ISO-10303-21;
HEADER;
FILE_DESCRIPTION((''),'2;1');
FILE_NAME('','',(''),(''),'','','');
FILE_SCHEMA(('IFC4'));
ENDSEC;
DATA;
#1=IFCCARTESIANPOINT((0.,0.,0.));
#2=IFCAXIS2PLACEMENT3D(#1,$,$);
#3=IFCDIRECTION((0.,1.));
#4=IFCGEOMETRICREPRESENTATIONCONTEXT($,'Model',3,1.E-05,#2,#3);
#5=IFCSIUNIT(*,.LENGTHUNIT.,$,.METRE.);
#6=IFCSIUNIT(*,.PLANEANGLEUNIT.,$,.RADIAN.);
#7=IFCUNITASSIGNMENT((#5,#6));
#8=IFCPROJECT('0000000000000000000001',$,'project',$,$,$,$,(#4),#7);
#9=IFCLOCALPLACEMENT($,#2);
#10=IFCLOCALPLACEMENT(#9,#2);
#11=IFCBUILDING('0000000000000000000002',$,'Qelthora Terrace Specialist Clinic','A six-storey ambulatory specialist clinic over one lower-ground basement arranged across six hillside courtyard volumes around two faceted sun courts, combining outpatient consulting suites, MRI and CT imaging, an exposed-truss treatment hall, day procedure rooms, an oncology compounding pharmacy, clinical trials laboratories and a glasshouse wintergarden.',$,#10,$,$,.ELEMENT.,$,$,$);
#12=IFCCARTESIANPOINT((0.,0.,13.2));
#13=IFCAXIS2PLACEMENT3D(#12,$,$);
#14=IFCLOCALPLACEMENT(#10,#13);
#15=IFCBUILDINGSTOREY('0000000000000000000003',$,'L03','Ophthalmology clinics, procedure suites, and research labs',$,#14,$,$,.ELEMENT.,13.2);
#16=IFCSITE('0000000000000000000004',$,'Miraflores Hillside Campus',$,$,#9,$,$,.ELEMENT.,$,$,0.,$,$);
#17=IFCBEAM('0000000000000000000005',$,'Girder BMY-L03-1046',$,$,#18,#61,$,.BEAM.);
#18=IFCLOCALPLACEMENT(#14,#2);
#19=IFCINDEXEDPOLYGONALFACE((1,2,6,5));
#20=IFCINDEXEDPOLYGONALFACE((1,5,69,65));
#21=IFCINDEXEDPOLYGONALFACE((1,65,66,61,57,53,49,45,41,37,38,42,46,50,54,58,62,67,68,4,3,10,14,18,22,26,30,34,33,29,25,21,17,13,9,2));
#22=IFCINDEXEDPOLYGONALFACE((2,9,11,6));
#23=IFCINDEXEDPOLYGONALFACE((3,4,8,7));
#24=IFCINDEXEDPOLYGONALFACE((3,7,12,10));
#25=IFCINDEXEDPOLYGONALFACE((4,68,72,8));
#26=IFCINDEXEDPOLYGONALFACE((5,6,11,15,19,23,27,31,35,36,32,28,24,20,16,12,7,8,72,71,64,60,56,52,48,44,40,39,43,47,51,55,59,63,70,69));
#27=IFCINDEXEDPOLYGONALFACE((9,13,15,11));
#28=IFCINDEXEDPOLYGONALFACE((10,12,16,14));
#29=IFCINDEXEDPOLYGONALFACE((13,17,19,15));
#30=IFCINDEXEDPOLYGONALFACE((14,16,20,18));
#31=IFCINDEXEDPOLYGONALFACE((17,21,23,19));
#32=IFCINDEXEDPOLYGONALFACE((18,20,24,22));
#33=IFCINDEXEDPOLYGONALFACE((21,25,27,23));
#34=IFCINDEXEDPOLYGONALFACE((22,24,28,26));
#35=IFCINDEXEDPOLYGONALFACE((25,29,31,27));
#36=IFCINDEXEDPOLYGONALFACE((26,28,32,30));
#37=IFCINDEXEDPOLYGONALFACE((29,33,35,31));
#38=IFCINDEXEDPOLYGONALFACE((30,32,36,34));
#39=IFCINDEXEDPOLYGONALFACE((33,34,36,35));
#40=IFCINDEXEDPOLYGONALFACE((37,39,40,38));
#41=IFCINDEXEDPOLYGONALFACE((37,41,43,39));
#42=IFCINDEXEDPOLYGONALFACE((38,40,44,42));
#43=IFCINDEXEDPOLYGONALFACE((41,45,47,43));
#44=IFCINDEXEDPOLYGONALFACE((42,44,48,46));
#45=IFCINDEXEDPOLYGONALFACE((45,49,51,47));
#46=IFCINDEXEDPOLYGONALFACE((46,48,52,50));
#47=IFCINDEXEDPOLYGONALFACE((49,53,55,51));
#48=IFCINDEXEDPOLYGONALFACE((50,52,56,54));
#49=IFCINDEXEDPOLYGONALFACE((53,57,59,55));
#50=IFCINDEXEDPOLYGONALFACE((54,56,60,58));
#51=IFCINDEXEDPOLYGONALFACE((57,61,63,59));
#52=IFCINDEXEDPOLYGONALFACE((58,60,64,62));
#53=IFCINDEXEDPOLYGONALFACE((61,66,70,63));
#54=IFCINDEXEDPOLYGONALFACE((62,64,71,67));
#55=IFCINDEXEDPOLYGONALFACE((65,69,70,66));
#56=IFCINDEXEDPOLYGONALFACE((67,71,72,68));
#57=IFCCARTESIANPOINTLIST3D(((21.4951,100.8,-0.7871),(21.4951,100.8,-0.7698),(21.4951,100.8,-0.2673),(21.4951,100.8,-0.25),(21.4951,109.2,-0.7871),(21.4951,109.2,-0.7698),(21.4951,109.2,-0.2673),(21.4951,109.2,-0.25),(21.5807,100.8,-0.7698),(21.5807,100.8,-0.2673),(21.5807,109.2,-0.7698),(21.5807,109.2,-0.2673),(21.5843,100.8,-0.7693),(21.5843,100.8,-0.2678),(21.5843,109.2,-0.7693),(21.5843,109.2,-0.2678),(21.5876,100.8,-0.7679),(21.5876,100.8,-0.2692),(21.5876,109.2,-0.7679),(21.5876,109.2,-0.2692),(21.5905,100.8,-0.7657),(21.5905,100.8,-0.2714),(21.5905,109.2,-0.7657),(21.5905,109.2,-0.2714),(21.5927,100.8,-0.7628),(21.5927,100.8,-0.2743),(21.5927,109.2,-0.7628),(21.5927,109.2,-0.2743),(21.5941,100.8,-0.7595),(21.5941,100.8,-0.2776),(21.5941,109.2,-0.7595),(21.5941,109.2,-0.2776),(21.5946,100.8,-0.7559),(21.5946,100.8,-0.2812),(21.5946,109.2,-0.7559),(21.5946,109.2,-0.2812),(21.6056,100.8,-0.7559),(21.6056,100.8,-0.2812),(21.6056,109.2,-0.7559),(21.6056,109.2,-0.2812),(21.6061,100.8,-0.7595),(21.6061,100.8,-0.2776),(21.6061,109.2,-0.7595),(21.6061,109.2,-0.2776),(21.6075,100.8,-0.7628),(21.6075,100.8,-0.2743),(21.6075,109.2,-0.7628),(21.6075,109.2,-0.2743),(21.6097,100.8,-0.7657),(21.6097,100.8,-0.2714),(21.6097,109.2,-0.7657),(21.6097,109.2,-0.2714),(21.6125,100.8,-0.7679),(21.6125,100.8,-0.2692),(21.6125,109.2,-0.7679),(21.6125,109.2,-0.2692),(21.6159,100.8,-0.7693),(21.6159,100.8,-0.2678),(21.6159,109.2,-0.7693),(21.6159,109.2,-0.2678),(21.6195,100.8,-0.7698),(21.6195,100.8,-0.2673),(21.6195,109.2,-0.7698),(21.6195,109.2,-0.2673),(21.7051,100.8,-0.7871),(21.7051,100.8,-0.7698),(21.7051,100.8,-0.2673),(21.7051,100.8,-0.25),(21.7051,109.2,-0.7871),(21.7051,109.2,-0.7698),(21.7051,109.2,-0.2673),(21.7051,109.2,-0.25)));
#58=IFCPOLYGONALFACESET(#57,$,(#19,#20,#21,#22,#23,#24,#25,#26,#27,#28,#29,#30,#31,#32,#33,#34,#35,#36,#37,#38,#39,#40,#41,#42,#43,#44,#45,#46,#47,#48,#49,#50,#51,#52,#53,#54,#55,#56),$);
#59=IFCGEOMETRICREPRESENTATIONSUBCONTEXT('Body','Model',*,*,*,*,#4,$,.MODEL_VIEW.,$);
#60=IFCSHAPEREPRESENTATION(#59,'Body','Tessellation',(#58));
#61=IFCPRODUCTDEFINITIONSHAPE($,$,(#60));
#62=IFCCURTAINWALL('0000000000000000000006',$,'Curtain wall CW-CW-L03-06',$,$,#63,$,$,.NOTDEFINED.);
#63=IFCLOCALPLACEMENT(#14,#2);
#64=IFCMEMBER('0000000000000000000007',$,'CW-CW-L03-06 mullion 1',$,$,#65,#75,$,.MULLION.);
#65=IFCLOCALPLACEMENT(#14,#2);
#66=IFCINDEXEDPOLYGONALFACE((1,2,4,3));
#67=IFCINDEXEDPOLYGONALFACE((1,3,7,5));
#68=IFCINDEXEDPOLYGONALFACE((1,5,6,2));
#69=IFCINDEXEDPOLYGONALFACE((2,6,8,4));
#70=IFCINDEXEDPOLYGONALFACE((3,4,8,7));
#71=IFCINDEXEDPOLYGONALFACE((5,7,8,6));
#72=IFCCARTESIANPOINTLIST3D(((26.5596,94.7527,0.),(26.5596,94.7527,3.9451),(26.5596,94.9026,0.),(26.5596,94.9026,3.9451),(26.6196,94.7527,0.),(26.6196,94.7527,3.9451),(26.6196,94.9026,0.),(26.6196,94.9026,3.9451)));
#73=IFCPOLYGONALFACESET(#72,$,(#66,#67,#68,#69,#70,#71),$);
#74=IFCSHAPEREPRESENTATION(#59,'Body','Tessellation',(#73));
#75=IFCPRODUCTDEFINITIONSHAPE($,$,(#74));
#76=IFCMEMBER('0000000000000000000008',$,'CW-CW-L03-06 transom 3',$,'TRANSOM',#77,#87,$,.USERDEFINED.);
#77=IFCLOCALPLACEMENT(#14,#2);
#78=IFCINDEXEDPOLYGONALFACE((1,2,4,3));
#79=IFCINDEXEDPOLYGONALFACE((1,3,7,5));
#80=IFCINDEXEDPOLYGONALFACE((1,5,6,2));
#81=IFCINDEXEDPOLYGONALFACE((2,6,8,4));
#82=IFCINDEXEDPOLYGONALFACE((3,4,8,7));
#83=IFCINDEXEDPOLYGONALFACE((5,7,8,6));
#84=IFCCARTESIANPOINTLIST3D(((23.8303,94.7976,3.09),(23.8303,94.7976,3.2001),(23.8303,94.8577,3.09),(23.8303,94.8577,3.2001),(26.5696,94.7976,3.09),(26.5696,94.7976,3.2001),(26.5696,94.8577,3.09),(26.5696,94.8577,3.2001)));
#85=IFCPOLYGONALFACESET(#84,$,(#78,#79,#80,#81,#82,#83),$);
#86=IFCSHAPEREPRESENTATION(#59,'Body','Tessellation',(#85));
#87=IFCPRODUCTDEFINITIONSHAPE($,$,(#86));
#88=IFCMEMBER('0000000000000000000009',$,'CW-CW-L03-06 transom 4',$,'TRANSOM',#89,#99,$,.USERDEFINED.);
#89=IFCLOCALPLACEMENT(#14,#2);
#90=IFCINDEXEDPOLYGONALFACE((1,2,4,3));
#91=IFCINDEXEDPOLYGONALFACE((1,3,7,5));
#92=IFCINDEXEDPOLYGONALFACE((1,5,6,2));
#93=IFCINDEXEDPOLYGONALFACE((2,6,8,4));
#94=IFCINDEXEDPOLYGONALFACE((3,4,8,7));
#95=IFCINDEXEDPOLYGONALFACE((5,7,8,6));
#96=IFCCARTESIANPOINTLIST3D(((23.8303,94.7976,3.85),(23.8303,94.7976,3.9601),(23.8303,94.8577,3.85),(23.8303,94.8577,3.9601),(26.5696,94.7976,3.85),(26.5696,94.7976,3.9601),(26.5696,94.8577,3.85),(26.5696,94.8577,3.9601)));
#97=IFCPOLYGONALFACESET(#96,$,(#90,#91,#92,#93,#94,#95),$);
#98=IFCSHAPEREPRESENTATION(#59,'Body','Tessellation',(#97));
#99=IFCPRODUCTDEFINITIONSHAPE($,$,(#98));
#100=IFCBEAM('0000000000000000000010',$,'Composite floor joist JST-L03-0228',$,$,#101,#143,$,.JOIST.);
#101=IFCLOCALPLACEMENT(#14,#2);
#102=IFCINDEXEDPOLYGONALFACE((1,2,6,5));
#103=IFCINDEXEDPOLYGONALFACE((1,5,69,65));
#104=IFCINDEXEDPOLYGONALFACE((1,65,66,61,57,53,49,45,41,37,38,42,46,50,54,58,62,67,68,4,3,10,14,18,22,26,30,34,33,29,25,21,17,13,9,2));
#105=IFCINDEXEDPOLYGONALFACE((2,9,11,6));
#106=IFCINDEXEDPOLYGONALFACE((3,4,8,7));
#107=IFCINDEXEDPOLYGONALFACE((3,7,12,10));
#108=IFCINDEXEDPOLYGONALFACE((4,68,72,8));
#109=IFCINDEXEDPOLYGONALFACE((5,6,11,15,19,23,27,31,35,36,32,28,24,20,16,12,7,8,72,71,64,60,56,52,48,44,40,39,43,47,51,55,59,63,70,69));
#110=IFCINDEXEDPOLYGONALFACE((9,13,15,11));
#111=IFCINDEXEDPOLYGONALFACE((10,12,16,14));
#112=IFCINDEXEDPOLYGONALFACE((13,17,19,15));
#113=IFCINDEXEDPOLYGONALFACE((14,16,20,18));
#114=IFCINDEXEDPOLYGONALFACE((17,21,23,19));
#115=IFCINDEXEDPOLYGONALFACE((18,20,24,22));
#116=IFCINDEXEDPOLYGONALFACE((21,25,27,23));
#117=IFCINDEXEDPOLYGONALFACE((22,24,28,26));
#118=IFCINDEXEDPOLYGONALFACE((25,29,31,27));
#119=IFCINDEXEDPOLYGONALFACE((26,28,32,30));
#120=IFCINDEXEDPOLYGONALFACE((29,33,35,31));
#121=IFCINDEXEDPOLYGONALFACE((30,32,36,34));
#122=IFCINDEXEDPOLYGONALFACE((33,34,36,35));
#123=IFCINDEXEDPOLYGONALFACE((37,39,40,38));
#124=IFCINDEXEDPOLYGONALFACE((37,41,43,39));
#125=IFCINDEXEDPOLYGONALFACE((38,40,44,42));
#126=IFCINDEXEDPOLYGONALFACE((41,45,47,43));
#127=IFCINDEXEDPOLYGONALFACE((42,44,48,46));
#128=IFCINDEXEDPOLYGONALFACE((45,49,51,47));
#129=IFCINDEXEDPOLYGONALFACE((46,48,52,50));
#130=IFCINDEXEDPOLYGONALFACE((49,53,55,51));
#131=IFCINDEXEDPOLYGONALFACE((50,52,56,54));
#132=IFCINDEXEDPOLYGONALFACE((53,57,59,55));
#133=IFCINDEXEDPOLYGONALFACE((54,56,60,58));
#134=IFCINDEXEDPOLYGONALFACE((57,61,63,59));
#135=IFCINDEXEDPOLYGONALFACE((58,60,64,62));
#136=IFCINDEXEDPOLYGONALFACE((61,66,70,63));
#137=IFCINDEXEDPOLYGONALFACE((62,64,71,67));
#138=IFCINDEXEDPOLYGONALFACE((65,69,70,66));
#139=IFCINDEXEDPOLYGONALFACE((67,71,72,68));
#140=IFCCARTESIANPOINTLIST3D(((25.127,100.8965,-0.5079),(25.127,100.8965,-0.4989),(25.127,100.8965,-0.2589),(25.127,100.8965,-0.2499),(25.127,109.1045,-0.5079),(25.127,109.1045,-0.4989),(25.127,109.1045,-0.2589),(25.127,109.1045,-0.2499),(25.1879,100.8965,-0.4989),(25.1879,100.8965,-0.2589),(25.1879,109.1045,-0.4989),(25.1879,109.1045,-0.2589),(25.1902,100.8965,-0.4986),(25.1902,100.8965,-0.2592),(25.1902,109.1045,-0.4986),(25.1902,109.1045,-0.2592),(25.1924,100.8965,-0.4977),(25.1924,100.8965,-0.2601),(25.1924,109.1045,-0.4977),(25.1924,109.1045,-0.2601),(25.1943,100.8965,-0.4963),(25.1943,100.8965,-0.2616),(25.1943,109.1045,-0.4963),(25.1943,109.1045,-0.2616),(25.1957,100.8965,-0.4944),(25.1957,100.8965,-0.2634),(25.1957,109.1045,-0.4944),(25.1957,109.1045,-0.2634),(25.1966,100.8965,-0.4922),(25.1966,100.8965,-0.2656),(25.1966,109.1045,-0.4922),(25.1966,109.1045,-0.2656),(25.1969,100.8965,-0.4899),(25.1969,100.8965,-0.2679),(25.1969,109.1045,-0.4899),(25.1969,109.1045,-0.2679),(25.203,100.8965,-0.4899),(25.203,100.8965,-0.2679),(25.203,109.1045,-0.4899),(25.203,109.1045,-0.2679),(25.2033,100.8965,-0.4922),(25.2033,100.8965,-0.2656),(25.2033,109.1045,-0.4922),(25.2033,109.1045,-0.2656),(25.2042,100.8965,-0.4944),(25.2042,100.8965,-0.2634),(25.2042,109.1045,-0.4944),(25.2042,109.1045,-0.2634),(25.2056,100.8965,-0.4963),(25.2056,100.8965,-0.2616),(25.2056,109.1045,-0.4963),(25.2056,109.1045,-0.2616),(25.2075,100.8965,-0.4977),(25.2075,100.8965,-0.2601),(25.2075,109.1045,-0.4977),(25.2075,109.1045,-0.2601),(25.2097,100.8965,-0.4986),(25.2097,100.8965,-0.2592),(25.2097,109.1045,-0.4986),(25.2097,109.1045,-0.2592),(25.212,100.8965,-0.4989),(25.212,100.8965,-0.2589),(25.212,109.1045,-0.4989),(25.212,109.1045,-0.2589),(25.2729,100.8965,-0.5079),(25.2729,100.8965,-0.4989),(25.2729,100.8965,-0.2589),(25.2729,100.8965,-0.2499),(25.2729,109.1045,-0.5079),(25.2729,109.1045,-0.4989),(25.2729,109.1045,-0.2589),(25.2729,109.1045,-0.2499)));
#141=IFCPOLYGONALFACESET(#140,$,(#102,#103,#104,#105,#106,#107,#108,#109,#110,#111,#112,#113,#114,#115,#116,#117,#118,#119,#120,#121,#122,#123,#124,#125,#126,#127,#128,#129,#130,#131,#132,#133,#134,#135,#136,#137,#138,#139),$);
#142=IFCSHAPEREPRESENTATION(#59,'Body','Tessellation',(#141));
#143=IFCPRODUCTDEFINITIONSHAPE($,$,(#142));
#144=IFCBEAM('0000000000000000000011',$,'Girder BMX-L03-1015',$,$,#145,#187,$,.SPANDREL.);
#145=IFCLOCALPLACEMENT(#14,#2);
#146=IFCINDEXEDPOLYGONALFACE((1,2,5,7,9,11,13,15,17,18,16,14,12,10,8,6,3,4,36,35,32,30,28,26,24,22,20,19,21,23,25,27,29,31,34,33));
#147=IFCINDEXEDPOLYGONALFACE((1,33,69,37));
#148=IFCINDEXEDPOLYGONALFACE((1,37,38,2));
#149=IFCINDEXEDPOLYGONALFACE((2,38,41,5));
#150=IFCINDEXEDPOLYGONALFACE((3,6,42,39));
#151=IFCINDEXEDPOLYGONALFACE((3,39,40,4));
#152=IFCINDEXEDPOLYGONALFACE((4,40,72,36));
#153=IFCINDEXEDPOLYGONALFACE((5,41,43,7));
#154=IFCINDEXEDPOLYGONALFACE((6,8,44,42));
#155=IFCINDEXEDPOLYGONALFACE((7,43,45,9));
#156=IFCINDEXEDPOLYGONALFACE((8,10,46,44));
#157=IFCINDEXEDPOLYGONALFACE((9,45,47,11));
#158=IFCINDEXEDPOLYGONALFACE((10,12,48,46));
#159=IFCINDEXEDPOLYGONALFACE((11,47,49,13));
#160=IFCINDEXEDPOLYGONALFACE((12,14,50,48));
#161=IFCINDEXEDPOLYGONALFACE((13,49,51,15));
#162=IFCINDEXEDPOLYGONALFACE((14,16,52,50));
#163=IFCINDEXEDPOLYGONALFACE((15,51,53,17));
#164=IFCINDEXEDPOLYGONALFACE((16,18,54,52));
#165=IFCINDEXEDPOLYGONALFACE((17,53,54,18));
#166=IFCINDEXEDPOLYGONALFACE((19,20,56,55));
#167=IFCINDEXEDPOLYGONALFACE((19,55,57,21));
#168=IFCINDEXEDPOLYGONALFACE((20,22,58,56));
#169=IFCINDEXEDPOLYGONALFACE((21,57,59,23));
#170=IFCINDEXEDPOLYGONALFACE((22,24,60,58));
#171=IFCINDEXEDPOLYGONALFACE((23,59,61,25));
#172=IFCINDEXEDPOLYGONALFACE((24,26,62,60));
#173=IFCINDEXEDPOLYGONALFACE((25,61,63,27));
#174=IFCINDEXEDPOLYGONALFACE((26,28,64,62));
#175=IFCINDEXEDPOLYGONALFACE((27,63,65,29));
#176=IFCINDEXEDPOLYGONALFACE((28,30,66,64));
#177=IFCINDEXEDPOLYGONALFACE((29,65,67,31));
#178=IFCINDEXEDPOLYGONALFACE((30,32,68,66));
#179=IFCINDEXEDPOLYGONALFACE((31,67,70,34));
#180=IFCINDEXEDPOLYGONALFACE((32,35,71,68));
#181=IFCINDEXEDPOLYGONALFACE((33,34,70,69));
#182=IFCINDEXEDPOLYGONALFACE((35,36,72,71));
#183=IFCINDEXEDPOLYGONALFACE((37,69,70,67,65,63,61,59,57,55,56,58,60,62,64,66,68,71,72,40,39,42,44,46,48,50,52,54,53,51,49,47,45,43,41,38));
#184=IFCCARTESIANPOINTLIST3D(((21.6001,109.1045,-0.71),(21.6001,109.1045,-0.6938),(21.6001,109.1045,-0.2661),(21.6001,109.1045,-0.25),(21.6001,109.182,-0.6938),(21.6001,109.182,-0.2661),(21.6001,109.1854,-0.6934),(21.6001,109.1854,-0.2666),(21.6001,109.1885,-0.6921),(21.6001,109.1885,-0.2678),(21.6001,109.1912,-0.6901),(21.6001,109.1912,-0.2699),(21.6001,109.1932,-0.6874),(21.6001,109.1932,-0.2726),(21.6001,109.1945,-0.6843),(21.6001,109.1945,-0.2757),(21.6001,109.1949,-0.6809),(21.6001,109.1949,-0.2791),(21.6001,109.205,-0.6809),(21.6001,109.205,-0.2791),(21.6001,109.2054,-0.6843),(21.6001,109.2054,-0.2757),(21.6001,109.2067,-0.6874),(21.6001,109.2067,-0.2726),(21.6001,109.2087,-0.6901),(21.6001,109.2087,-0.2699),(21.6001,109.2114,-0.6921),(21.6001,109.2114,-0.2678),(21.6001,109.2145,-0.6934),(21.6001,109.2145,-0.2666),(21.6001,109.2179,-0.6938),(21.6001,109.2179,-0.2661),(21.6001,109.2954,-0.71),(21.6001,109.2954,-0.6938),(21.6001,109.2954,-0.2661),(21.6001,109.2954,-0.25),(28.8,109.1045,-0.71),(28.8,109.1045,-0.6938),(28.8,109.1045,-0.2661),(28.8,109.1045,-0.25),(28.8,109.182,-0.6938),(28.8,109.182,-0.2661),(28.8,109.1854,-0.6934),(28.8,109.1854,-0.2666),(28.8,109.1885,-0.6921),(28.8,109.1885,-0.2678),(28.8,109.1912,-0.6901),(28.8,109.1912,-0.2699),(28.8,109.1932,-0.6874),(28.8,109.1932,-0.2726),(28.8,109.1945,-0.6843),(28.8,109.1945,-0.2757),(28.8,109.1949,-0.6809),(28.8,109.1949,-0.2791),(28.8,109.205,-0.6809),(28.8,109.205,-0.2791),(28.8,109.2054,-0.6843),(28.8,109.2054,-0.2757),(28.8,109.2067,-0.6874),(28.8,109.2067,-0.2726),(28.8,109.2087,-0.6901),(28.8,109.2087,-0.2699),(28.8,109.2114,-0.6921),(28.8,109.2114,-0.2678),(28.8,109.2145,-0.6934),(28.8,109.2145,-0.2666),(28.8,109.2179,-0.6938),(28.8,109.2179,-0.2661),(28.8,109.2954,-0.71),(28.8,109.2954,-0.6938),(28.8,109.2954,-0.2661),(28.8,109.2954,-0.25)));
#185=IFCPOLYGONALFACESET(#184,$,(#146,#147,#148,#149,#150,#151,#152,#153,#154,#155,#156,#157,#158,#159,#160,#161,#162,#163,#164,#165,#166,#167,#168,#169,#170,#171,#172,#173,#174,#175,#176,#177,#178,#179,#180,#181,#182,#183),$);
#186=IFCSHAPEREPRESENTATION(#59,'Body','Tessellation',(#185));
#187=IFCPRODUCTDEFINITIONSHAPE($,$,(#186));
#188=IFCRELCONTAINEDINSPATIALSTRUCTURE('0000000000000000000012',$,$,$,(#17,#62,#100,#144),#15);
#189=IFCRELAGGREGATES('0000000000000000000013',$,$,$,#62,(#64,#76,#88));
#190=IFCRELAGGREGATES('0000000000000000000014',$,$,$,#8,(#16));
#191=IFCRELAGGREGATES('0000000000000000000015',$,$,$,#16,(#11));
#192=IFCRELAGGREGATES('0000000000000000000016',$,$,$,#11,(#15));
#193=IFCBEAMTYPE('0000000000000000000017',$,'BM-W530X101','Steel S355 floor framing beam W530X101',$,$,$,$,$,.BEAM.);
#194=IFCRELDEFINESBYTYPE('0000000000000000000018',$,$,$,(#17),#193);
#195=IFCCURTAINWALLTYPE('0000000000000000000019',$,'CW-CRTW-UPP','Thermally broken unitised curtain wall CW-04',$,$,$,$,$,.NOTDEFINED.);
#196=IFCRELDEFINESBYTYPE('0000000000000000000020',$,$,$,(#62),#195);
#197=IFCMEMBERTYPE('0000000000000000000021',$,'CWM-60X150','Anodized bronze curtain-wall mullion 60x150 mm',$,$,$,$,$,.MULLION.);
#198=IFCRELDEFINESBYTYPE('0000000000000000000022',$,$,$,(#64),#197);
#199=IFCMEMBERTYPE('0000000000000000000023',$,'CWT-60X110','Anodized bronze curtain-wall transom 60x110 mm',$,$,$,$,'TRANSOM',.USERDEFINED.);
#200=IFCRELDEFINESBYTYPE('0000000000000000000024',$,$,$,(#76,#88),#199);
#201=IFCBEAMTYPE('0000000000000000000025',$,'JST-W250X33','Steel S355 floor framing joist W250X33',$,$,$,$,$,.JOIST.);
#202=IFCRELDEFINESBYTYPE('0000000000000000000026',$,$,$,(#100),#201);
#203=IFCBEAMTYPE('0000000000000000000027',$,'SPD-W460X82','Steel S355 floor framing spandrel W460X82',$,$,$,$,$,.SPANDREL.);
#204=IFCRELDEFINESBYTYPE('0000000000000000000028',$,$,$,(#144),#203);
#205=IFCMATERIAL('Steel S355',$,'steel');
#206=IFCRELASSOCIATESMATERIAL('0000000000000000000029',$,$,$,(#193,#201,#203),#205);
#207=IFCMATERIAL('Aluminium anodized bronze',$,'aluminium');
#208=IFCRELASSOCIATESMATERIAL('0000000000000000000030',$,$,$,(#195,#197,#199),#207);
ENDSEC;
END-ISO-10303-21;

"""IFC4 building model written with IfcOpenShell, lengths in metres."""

from ifc_helpers import new_model, si_unit, direction, frame, origin, origin_2d, place, context, subcontext, project, spatial, rectangle, i_section, extrude, material, material_profile, profile_set, type_object, element, aggregate, save


model = new_model("IFC4")

# Units and contexts
model_context = context("Model", 3, precision=1e-05, world=origin(), true_north=direction((0.0, 1.0)))
body_context = subcontext(model_context, "Body", "Model", "MODEL_VIEW")
ifc_project = project(units=[si_unit("LENGTHUNIT", "METRE"), si_unit("PLANEANGLEUNIT", "RADIAN")], contexts=[model_context])

# Site, building, storey
site_placement = place(None, origin())
site = spatial("IfcSite", under=ifc_project, at=site_placement, Name="Miraflores Hillside Campus", CompositionType="ELEMENT", RefElevation=0.0)
building_placement = place(site_placement, origin())
building = spatial("IfcBuilding", under=site, at=building_placement, Name="Qelthora Terrace Specialist Clinic", Description="A six-storey ambulatory specialist clinic over one lower-ground basement arranged across six hillside courtyard volumes around two faceted sun courts, combining outpatient consulting suites, MRI and CT imaging, an exposed-truss treatment hall, day procedure rooms, an oncology compounding pharmacy, clinical trials laboratories and a glasshouse wintergarden.", CompositionType="ELEMENT")
storey_placement = place(building_placement, frame((0.0, 0.0, 13.2)))
storey = spatial("IfcBuildingStorey", under=building, at=storey_placement, Name="L03", Description="Ophthalmology clinics, procedure suites, and research labs", CompositionType="ELEMENT", Elevation=13.2)

# Shared definitions
ifc_material_1 = material(Name="Steel S355", Category="steel")

# Beam
ifc_material_profile_1 = material_profile(ifc_material_1, i_section(OverallWidth=0.21, OverallDepth=0.5371, WebThickness=0.011, FlangeThickness=0.0173, FilletRadius=0.0139, at=origin_2d()), Name="W530X101")
ifc_profile_set_1 = profile_set([ifc_material_profile_1], Name="Steel S355")
beam_type_1 = type_object("IfcBeamType", Name="BM-W530X101", Description="Steel S355 floor framing beam W530X101", PredefinedType="BEAM", material=ifc_profile_set_1)
beam_1_placement = place(storey_placement, frame((21.6001, 100.8, -0.5186), z_axis=(0.0, 1.0, 0.0), x_axis=(-1.0, 0.0, 0.0)))
element("IfcBeam", 1, at=beam_1_placement, inside=storey, type_object=beam_type_1, Name="Girder BMY-L03-1046", PredefinedType="BEAM", context=body_context, shape_type="SweptSolid", body=[
    extrude(i_section(OverallWidth=0.21, OverallDepth=0.5371, WebThickness=0.011, FlangeThickness=0.0173, FilletRadius=0.0139, at=origin_2d()), origin(), (0.0, 0.0, 1.0), 8.3999),
])

# Curtain wall, members
ifc_material_2 = material(Name="Aluminium anodized bronze", Category="aluminium")
curtain_wall_type = type_object("IfcCurtainWallType", Name="CW-CRTW-UPP", Description="Thermally broken unitised curtain wall CW-04", PredefinedType="NOTDEFINED", material=ifc_material_2)
curtain_wall_placement = place(storey_placement, origin())
curtain_wall = element("IfcCurtainWall", 2, at=curtain_wall_placement, inside=storey, type_object=curtain_wall_type, Name="Curtain wall CW-CW-L03-06", PredefinedType="NOTDEFINED")
ifc_material_profile_2 = material_profile(ifc_material_2, rectangle(XDim=0.0601, YDim=0.1499, at=origin_2d()), Name="CWM60X150")
ifc_profile_set_2 = profile_set([ifc_material_profile_2], Name="Aluminium anodized bronze")
member_type_1 = type_object("IfcMemberType", Name="CWM-60X150", Description="Anodized bronze curtain-wall mullion 60x150 mm", PredefinedType="MULLION", material=ifc_profile_set_2)
member_1_placement = place(storey_placement, frame((26.5896, 94.8276, 0.0), z_axis=(0.0, 0.0, 1.0), x_axis=(-1.0, 0.0, 0.0)))
member_1 = element("IfcMember", 3, at=member_1_placement, type_object=member_type_1, Name="CW-CW-L03-06 mullion 1", PredefinedType="MULLION", context=body_context, shape_type="SweptSolid", body=[
    extrude(rectangle(XDim=0.0601, YDim=0.1499, at=origin_2d()), origin(), (0.0, 0.0, 1.0), 3.9451),
])
ifc_material_profile_3 = material_profile(ifc_material_2, rectangle(XDim=0.0601, YDim=0.1101, at=origin_2d()), Name="CWT60X110")
ifc_profile_set_3 = profile_set([ifc_material_profile_3], Name="Aluminium anodized bronze")
member_type_2 = type_object("IfcMemberType", Name="CWT-60X110", Description="Anodized bronze curtain-wall transom 60x110 mm", ElementType="TRANSOM", PredefinedType="USERDEFINED", material=ifc_profile_set_3)
member_2_placement = place(storey_placement, frame((26.5696, 94.8276, 3.145), z_axis=(-1.0, 0.0, 0.0), x_axis=(0.0, -1.0, 0.0)))
member_2 = element("IfcMember", 4, at=member_2_placement, type_object=member_type_2, Name="CW-CW-L03-06 transom 3", ObjectType="TRANSOM", PredefinedType="USERDEFINED", context=body_context, shape_type="SweptSolid", body=[
    extrude(rectangle(XDim=0.0601, YDim=0.1101, at=origin_2d()), origin(), (0.0, 0.0, 1.0), 2.7393),
])
member_3_placement = place(storey_placement, frame((26.5696, 94.8276, 3.905), z_axis=(-1.0, 0.0, 0.0), x_axis=(0.0, -1.0, 0.0)))
member_3 = element("IfcMember", 5, at=member_3_placement, type_object=member_type_2, Name="CW-CW-L03-06 transom 4", ObjectType="TRANSOM", PredefinedType="USERDEFINED", context=body_context, shape_type="SweptSolid", body=[
    extrude(rectangle(XDim=0.0601, YDim=0.1101, at=origin_2d()), origin(), (0.0, 0.0, 1.0), 2.7393),
])
aggregate(curtain_wall, [member_1, member_2, member_3])

# Beams
ifc_material_profile_4 = material_profile(ifc_material_1, i_section(OverallWidth=0.146, OverallDepth=0.2581, WebThickness=0.0061, FlangeThickness=0.009, FilletRadius=0.009, at=origin_2d()), Name="W250X33")
ifc_profile_set_4 = profile_set([ifc_material_profile_4], Name="Steel S355")
beam_type_2 = type_object("IfcBeamType", Name="JST-W250X33", Description="Steel S355 floor framing joist W250X33", PredefinedType="JOIST", material=ifc_profile_set_4)
beam_2_placement = place(storey_placement, frame((25.2, 100.8965, -0.3789), z_axis=(0.0, 1.0, 0.0), x_axis=(-1.0, 0.0, 0.0)))
element("IfcBeam", 6, at=beam_2_placement, inside=storey, type_object=beam_type_2, Name="Composite floor joist JST-L03-0228", PredefinedType="JOIST", context=body_context, shape_type="SweptSolid", body=[
    extrude(i_section(OverallWidth=0.146, OverallDepth=0.2581, WebThickness=0.0061, FlangeThickness=0.009, FilletRadius=0.009, at=origin_2d()), origin(), (0.0, 0.0, 1.0), 8.208),
])
ifc_material_profile_5 = material_profile(ifc_material_1, i_section(OverallWidth=0.1909, OverallDepth=0.46, WebThickness=0.01, FlangeThickness=0.0161, FilletRadius=0.0129, at=origin_2d()), Name="W460X82")
ifc_profile_set_5 = profile_set([ifc_material_profile_5], Name="Steel S355")
beam_type_3 = type_object("IfcBeamType", Name="SPD-W460X82", Description="Steel S355 floor framing spandrel W460X82", PredefinedType="SPANDREL", material=ifc_profile_set_5)
beam_3_placement = place(storey_placement, frame((21.6001, 109.2, -0.48), z_axis=(1.0, 0.0, 0.0), x_axis=(0.0, 1.0, 0.0)))
element("IfcBeam", 7, at=beam_3_placement, inside=storey, type_object=beam_type_3, Name="Girder BMX-L03-1015", PredefinedType="SPANDREL", context=body_context, shape_type="SweptSolid", body=[
    extrude(i_section(OverallWidth=0.1909, OverallDepth=0.46, WebThickness=0.01, FlangeThickness=0.0161, FilletRadius=0.0129, at=origin_2d()), origin(), (0.0, 0.0, 1.0), 7.2),
])

save(model, "model.ifc")
